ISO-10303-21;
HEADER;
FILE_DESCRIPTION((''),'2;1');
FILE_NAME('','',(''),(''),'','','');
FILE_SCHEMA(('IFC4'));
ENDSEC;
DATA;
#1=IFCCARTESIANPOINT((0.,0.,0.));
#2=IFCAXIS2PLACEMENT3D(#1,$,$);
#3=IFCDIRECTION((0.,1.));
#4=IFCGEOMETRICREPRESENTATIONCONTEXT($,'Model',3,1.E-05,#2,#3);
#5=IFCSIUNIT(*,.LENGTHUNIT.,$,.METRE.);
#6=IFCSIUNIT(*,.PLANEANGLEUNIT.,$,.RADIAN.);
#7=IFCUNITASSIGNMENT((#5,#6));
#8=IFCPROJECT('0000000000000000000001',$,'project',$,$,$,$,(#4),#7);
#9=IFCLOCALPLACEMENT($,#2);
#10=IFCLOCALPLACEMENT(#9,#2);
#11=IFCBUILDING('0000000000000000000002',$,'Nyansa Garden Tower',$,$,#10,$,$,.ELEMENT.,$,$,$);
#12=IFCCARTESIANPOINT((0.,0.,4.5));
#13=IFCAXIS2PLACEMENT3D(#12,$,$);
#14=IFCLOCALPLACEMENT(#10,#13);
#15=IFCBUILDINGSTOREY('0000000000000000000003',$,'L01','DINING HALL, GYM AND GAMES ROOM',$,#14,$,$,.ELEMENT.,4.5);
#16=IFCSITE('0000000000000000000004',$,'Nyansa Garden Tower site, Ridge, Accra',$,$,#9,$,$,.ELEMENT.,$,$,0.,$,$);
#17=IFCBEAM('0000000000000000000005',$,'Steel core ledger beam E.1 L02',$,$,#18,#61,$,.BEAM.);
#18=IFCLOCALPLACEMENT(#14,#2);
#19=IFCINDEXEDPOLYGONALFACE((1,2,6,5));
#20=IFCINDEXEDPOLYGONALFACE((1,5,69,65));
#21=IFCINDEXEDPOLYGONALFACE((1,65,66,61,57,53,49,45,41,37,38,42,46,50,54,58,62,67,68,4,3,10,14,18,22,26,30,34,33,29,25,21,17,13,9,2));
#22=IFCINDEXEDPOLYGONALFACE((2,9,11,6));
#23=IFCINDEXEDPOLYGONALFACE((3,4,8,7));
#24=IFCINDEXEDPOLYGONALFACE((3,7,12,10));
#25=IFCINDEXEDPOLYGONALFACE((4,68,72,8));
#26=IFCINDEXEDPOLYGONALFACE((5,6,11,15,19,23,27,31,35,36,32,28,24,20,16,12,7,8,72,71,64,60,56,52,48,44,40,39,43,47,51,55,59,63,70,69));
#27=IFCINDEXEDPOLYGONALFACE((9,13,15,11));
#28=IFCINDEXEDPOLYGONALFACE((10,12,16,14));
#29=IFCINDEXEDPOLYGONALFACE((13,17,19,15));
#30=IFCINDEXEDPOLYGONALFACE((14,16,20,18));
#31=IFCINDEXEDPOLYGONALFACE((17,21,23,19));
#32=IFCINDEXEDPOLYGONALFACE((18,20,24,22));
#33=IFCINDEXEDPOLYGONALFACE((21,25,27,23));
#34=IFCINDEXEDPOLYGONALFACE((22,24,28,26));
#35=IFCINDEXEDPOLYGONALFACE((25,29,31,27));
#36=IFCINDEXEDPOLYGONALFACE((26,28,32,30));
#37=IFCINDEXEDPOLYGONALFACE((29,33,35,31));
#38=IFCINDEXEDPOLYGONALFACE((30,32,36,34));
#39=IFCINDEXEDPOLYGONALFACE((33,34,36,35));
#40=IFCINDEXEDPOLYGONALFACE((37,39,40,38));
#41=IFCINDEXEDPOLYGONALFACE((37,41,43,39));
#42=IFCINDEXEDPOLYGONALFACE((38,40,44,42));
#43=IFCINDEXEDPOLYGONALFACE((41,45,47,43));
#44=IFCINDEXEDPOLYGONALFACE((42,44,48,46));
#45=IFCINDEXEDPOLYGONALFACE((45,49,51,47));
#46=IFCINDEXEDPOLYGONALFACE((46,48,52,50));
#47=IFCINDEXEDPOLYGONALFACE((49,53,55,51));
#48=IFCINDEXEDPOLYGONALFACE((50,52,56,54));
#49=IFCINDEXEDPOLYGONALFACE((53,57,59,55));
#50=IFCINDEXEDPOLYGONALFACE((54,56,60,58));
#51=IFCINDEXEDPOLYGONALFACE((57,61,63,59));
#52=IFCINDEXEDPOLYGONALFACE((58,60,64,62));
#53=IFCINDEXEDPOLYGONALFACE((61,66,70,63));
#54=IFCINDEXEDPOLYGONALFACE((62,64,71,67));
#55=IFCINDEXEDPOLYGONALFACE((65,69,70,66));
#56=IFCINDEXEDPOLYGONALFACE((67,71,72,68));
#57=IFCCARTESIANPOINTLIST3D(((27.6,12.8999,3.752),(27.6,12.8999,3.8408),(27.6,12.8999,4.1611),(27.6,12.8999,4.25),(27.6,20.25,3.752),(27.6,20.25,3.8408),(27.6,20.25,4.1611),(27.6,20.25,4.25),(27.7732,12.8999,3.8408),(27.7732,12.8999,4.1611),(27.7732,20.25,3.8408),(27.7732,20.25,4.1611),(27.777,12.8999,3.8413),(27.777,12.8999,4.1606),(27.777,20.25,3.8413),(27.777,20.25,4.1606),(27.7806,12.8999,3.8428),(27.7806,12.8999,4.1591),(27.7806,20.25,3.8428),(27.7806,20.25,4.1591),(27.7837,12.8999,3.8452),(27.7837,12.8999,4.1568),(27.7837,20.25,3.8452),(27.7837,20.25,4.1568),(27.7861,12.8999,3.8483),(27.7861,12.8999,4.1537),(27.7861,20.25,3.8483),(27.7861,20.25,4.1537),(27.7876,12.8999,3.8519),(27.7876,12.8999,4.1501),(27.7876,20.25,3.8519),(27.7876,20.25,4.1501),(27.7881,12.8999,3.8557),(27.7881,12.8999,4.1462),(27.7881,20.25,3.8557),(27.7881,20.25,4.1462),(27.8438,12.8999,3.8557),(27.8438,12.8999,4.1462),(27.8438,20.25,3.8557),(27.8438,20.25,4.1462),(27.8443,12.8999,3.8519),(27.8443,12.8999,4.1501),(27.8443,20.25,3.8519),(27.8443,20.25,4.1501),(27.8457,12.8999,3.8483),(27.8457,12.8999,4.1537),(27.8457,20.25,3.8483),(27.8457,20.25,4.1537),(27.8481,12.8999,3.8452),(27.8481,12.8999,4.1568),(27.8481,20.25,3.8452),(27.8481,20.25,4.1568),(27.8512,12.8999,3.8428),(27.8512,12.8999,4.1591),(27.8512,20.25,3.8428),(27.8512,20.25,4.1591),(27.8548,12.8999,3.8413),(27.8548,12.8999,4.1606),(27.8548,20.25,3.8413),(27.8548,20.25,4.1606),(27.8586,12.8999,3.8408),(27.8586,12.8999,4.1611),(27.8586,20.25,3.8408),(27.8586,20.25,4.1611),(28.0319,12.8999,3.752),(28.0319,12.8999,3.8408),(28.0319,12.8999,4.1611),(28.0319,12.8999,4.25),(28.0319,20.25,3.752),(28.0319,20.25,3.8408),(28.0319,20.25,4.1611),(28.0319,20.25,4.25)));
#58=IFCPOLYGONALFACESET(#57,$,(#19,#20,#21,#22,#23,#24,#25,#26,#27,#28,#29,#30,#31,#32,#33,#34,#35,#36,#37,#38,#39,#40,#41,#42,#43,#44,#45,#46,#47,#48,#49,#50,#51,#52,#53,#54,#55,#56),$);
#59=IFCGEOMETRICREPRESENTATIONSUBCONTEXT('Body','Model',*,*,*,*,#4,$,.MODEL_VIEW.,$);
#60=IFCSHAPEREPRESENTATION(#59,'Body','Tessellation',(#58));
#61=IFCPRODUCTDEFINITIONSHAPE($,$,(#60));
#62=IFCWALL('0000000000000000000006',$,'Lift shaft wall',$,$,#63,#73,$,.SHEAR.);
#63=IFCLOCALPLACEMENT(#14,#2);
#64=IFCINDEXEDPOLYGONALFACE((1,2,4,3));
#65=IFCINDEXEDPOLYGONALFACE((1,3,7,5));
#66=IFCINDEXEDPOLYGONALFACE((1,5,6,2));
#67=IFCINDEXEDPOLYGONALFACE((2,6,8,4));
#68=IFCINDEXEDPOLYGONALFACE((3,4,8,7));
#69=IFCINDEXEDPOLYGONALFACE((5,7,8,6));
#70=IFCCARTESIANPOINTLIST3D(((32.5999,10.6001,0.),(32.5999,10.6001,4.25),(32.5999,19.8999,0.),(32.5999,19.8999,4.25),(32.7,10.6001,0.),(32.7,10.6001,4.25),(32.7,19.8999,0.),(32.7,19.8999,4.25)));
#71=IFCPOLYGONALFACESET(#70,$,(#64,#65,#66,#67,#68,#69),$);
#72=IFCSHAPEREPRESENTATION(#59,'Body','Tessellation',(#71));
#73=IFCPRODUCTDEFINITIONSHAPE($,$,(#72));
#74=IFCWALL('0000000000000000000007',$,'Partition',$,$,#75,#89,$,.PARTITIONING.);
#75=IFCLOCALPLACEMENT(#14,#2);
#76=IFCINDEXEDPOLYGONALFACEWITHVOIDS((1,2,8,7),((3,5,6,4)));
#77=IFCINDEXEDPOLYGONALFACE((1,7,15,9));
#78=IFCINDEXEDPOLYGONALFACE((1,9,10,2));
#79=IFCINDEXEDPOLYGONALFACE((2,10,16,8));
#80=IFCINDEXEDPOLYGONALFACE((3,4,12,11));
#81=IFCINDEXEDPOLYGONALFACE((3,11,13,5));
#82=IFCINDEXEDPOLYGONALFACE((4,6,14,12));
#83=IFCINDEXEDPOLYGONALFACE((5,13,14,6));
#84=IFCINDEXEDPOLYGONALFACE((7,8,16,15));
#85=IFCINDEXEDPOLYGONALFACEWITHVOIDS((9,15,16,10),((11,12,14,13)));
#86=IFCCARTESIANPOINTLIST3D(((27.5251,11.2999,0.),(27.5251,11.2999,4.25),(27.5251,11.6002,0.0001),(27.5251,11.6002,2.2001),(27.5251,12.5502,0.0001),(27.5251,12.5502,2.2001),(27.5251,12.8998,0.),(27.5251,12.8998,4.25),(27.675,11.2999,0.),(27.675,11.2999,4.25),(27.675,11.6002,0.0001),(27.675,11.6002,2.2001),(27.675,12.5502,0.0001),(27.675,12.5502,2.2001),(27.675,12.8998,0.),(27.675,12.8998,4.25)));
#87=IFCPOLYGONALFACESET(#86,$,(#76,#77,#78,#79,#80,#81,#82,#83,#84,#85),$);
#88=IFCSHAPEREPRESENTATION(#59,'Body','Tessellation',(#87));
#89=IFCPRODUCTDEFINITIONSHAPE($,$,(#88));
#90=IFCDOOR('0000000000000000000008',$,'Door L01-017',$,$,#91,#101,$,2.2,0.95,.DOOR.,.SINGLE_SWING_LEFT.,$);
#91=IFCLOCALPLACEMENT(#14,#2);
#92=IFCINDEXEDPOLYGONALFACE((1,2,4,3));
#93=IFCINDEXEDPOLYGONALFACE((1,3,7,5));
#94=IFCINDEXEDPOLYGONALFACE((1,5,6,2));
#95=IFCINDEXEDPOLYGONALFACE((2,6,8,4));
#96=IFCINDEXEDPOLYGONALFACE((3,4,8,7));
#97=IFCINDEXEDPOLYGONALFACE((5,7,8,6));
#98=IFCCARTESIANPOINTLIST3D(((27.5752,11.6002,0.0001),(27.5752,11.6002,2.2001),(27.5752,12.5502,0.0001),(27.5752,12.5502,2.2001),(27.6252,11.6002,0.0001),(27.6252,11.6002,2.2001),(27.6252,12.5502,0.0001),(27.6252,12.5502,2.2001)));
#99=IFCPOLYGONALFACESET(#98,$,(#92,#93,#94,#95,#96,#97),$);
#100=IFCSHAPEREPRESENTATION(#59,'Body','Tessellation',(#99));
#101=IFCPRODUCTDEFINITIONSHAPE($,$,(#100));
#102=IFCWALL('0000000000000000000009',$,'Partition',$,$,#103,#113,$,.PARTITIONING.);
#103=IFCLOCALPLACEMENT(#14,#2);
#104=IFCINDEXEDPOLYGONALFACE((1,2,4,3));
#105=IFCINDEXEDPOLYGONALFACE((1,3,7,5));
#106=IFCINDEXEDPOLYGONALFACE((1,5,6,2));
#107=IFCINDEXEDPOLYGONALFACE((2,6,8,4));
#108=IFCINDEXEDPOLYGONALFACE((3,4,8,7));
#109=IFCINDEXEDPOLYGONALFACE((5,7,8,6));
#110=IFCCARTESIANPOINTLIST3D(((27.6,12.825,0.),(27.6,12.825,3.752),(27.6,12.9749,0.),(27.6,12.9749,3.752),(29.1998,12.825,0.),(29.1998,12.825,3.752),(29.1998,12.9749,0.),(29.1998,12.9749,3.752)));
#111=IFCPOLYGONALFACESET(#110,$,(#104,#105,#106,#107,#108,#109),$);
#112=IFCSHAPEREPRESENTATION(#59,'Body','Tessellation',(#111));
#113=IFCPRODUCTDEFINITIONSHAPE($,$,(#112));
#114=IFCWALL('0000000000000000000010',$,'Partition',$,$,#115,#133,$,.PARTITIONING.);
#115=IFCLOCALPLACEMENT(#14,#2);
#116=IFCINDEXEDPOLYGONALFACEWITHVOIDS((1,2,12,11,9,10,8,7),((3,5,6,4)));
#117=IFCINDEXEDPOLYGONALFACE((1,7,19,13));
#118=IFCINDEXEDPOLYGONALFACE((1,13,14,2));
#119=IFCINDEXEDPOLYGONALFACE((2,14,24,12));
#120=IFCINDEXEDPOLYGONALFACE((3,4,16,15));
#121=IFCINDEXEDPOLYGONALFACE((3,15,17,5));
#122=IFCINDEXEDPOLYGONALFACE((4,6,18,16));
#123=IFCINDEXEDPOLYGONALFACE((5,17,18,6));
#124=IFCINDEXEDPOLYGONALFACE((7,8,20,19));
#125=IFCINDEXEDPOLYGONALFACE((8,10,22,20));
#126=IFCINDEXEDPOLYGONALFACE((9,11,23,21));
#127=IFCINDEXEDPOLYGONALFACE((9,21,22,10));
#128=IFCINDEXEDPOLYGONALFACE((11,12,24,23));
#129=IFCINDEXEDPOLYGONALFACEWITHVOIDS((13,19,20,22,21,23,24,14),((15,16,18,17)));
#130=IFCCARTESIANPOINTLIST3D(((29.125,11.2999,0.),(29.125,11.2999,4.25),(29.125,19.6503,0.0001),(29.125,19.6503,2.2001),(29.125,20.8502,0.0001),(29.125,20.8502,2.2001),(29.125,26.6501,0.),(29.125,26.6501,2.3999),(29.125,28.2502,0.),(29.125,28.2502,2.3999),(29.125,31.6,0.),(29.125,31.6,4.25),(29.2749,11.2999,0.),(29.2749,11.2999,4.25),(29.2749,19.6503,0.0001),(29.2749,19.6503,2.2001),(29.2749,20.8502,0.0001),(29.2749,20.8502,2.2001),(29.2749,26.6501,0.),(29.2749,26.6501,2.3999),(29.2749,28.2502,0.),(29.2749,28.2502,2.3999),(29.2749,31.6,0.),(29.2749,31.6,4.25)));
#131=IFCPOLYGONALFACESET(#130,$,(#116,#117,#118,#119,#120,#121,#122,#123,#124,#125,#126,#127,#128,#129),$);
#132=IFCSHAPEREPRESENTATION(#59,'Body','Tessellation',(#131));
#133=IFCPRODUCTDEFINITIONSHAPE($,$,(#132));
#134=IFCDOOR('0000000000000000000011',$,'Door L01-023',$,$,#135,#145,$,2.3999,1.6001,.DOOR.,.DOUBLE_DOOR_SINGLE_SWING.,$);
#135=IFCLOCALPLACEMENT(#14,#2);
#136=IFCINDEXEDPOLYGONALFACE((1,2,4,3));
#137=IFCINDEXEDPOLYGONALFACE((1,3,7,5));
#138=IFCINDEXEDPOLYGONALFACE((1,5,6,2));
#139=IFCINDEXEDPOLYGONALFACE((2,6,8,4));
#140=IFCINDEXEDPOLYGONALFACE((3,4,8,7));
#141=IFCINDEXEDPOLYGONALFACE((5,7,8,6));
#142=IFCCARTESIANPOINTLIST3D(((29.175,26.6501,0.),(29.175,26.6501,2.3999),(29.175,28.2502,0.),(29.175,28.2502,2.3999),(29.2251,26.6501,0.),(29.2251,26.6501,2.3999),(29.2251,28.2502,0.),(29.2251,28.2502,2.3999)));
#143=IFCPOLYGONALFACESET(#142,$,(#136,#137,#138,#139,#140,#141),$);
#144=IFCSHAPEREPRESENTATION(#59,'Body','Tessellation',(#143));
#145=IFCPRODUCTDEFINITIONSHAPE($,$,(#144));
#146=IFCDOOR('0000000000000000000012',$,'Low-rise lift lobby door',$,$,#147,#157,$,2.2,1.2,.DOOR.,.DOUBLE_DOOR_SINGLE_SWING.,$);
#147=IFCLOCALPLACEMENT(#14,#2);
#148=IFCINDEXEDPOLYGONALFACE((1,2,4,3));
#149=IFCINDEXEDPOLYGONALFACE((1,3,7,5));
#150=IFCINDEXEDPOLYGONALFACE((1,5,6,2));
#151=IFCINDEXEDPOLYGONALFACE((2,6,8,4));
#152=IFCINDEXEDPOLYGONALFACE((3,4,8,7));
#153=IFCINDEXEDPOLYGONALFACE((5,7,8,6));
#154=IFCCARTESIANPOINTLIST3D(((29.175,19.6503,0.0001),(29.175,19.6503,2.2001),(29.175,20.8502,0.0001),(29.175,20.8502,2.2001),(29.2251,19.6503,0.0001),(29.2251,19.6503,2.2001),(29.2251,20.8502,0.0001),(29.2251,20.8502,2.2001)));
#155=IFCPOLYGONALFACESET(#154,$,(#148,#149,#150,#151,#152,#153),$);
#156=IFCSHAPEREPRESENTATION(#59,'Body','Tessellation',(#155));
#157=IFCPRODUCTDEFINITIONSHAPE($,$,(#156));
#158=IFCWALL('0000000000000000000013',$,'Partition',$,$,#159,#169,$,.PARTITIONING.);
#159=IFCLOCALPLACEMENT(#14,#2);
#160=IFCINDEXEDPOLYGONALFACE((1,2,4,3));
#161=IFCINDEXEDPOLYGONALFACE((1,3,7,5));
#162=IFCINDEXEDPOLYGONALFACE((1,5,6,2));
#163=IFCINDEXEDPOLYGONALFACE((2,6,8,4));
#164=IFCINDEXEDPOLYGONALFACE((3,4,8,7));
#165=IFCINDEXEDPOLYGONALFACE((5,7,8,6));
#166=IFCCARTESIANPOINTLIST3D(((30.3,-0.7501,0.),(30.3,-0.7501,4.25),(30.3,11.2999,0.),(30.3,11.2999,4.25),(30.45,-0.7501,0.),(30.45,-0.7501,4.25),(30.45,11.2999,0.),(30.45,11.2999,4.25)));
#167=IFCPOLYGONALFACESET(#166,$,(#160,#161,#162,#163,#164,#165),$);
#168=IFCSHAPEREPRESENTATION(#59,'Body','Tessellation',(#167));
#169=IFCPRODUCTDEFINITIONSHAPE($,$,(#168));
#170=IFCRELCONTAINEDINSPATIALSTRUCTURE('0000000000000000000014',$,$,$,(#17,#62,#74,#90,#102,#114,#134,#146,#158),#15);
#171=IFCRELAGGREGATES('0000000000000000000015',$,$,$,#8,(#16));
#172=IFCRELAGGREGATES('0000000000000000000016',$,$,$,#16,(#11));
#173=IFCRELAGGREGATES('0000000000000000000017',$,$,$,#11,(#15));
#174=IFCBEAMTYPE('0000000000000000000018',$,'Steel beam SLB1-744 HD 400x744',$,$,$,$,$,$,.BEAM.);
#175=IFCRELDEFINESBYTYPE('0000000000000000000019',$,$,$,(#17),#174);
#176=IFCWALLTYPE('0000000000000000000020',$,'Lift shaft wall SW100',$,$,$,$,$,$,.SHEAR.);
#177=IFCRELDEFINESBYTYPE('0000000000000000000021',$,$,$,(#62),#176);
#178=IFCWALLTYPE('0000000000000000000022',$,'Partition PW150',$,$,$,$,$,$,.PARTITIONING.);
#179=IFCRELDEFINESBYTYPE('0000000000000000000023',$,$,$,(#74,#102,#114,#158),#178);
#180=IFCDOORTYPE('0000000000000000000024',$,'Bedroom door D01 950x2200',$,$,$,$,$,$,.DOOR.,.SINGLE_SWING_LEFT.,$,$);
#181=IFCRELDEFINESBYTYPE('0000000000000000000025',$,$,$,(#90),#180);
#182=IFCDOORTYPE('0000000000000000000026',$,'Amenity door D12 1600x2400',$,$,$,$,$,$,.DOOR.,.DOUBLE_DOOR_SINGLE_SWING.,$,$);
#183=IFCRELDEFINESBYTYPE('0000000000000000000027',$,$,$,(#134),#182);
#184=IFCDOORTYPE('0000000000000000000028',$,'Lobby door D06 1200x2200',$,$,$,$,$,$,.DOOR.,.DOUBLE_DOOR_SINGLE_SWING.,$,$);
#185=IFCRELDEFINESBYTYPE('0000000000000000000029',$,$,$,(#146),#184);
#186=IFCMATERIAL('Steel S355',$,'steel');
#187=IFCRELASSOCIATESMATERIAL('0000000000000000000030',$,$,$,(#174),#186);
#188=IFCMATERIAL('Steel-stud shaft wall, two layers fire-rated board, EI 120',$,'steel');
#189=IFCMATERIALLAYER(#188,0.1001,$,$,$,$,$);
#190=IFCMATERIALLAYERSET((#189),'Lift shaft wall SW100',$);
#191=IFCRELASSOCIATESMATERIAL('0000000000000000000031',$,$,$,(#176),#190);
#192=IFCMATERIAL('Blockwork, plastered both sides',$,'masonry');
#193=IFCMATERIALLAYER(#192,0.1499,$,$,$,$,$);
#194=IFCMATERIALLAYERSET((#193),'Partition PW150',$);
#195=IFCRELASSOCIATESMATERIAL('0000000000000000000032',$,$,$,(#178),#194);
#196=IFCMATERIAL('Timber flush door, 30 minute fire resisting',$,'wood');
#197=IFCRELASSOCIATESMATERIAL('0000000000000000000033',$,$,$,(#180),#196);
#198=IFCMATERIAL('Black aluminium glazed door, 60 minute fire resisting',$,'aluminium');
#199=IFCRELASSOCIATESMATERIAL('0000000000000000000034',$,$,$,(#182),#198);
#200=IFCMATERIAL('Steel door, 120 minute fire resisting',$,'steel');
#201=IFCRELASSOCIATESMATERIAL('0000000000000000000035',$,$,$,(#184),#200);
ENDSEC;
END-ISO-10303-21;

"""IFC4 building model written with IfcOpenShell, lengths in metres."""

from ifc_helpers import new_model, si_unit, direction, frame, frame_2d, origin, origin_2d, place, context, subcontext, project, spatial, rectangle, i_section, extrude, material, layer, layer_set, material_profile, profile_set, type_object, element, fill, save


model = new_model("IFC4")

# Units and contexts
model_context = context("Model", 3, precision=1e-05, world=origin(), true_north=direction((0.0, 1.0)))
body_context = subcontext(model_context, "Body", "Model", "MODEL_VIEW")
ifc_project = project(units=[si_unit("LENGTHUNIT", "METRE"), si_unit("PLANEANGLEUNIT", "RADIAN")], contexts=[model_context])

# Site, building, storey
site_placement = place(None, origin())
site = spatial("IfcSite", under=ifc_project, at=site_placement, Name="Nyansa Garden Tower site, Ridge, Accra", CompositionType="ELEMENT", RefElevation=0.0)
building_placement = place(site_placement, origin())
building = spatial("IfcBuilding", under=site, at=building_placement, Name="Nyansa Garden Tower", CompositionType="ELEMENT")
storey_placement = place(building_placement, frame((0.0, 0.0, 4.5)))
storey = spatial("IfcBuildingStorey", under=building, at=storey_placement, Name="L01", Description="DINING HALL, GYM AND GAMES ROOM", CompositionType="ELEMENT", Elevation=4.5)

# Beam
ifc_material_1 = material(Name="Steel S355", Category="steel")
ifc_material_profile_1 = material_profile(ifc_material_1, i_section(OverallWidth=0.4319, OverallDepth=0.498, WebThickness=0.0557, FlangeThickness=0.0889, FilletRadius=0.0149, at=origin_2d()), Name="HD 400x744")
ifc_profile_set_1 = profile_set([ifc_material_profile_1], Name="Steel S355")
beam_type_1 = type_object("IfcBeamType", Name="Steel beam SLB1-744 HD 400x744", PredefinedType="BEAM", material=ifc_profile_set_1)
beam_1_placement = place(storey_placement, frame((27.8159, 12.8999, 4.001), z_axis=(0.0, 1.0, 0.0), x_axis=(-1.0, 0.0, 0.0)))
element("IfcBeam", 1, at=beam_1_placement, inside=storey, type_object=beam_type_1, Name="Steel core ledger beam E.1 L02", PredefinedType="BEAM", context=body_context, shape_type="SweptSolid", body=[
    extrude(i_section(OverallWidth=0.4319, OverallDepth=0.498, WebThickness=0.0557, FlangeThickness=0.0889, FilletRadius=0.0149, at=origin_2d()), origin(), (0.0, 0.0, 1.0), 7.3501),
])

# Wall
ifc_material_2 = material(Name="Steel-stud shaft wall, two layers fire-rated board, EI 120", Category="steel")
ifc_layer_1 = layer(ifc_material_2, 0.1001)
ifc_layer_set_1 = layer_set([ifc_layer_1], Name="Lift shaft wall SW100")
wall_type_1 = type_object("IfcWallType", Name="Lift shaft wall SW100", PredefinedType="SHEAR", material=ifc_layer_set_1)
wall_1_placement = place(storey_placement, frame((32.6499, 10.6001, 0.0), z_axis=(0.0, 0.0, 1.0), x_axis=(0.0, 1.0, 0.0)))
element("IfcWall", 2, at=wall_1_placement, inside=storey, type_object=wall_type_1, Name="Lift shaft wall", PredefinedType="SHEAR", context=body_context, shape_type="SweptSolid", body=[
    extrude(rectangle(XDim=9.2998, YDim=0.1001, at=frame_2d((4.6499, 0.0))), origin(), (0.0, 0.0, 1.0), 4.25),
])

# Wall, opening, door
ifc_material_3 = material(Name="Blockwork, plastered both sides", Category="masonry")
ifc_layer_2 = layer(ifc_material_3, 0.1499)
ifc_layer_set_2 = layer_set([ifc_layer_2], Name="Partition PW150")
wall_type_2 = type_object("IfcWallType", Name="Partition PW150", PredefinedType="PARTITIONING", material=ifc_layer_set_2)
wall_2_placement = place(storey_placement, frame((27.6001, 11.3, 0.0), z_axis=(0.0, 0.0, 1.0), x_axis=(0.0, 1.0, 0.0)))
wall_2 = element("IfcWall", 3, at=wall_2_placement, inside=storey, type_object=wall_type_2, Name="Partition", PredefinedType="PARTITIONING", context=body_context, shape_type="SweptSolid", body=[
    extrude(rectangle(XDim=1.5999, YDim=0.1499, at=frame_2d((0.7998, 0.0))), origin(), (0.0, 0.0, 1.0), 4.25),
])
opening_1_placement = place(wall_2_placement, frame((0.3, 0.0, 0.0)))
opening_1 = element("IfcOpeningElement", 4, at=opening_1_placement, cuts=wall_2, PredefinedType="OPENING", context=body_context, shape_type="SweptSolid", body=[
    extrude(rectangle(XDim=0.95, YDim=2.2, at=frame_2d((0.4751, 1.1001))), frame((0.0, 0.085, 0.0), z_axis=(0.0, -1.0, 0.0), x_axis=(1.0, 0.0, 0.0)), (0.0, 0.0, 1.0), 0.1699),
])
ifc_material_4 = material(Name="Timber flush door, 30 minute fire resisting", Category="wood")
door_type_1 = type_object("IfcDoorType", Name="Bedroom door D01 950x2200", OperationType="SINGLE_SWING_LEFT", PredefinedType="DOOR", material=ifc_material_4)
door_1_placement = place(opening_1_placement, origin())
door_1 = element("IfcDoor", 5, at=door_1_placement, inside=storey, type_object=door_type_1, Name="Door L01-017", OperationType="SINGLE_SWING_LEFT", OverallHeight=2.2, OverallWidth=0.95, PredefinedType="DOOR", context=body_context, shape_type="SweptSolid", body=[
    extrude(rectangle(XDim=0.95, YDim=2.2, at=frame_2d((0.4751, 1.1001))), frame((0.0, 0.0249, 0.0), z_axis=(0.0, -1.0, 0.0), x_axis=(1.0, 0.0, 0.0)), (0.0, 0.0, 1.0), 0.05),
])
fill(opening_1, door_1)

# Wall
wall_3_placement = place(storey_placement, frame((27.6001, 12.8999, 0.0), z_axis=(0.0, 0.0, 1.0), x_axis=(1.0, 0.0, 0.0)))
element("IfcWall", 6, at=wall_3_placement, inside=storey, type_object=wall_type_2, Name="Partition", PredefinedType="PARTITIONING", context=body_context, shape_type="SweptSolid", body=[
    extrude(rectangle(XDim=1.5999, YDim=0.1499, at=frame_2d((0.7998, 0.0))), origin(), (0.0, 0.0, 1.0), 3.752),
])

# Wall, openings, doors
wall_4_placement = place(storey_placement, frame((29.2, 11.3, 0.0), z_axis=(0.0, 0.0, 1.0), x_axis=(0.0, 1.0, 0.0)))
wall_4 = element("IfcWall", 7, at=wall_4_placement, inside=storey, type_object=wall_type_2, Name="Partition", PredefinedType="PARTITIONING", context=body_context, shape_type="SweptSolid", body=[
    extrude(rectangle(XDim=20.3, YDim=0.1499, at=frame_2d((10.1499, 0.0))), origin(), (0.0, 0.0, 1.0), 4.25),
])
opening_2_placement = place(wall_4_placement, frame((15.3501, 0.0, 0.0)))
opening_2 = element("IfcOpeningElement", 8, at=opening_2_placement, cuts=wall_4, PredefinedType="OPENING", context=body_context, shape_type="SweptSolid", body=[
    extrude(rectangle(XDim=1.6001, YDim=2.3999, at=frame_2d((0.8, 1.2))), frame((0.0, 0.085, 0.0), z_axis=(0.0, -1.0, 0.0), x_axis=(1.0, 0.0, 0.0)), (0.0, 0.0, 1.0), 0.1699),
])
opening_3_placement = place(wall_4_placement, frame((8.3501, 0.0, 0.0)))
opening_3 = element("IfcOpeningElement", 9, at=opening_3_placement, cuts=wall_4, PredefinedType="OPENING", context=body_context, shape_type="SweptSolid", body=[
    extrude(rectangle(XDim=1.2, YDim=2.2, at=frame_2d((0.6001, 1.1001))), frame((0.0, 0.085, 0.0), z_axis=(0.0, -1.0, 0.0), x_axis=(1.0, 0.0, 0.0)), (0.0, 0.0, 1.0), 0.1699),
])
ifc_material_5 = material(Name="Black aluminium glazed door, 60 minute fire resisting", Category="aluminium")
door_type_2 = type_object("IfcDoorType", Name="Amenity door D12 1600x2400", OperationType="DOUBLE_DOOR_SINGLE_SWING", PredefinedType="DOOR", material=ifc_material_5)
door_2_placement = place(opening_2_placement, origin())
door_2 = element("IfcDoor", 10, at=door_2_placement, inside=storey, type_object=door_type_2, Name="Door L01-023", OperationType="DOUBLE_DOOR_SINGLE_SWING", OverallHeight=2.3999, OverallWidth=1.6001, PredefinedType="DOOR", context=body_context, shape_type="SweptSolid", body=[
    extrude(rectangle(XDim=1.6001, YDim=2.3999, at=frame_2d((0.8, 1.2))), frame((0.0, 0.0249, 0.0), z_axis=(0.0, -1.0, 0.0), x_axis=(1.0, 0.0, 0.0)), (0.0, 0.0, 1.0), 0.05),
])
fill(opening_2, door_2)
ifc_material_6 = material(Name="Steel door, 120 minute fire resisting", Category="steel")
door_type_3 = type_object("IfcDoorType", Name="Lobby door D06 1200x2200", OperationType="DOUBLE_DOOR_SINGLE_SWING", PredefinedType="DOOR", material=ifc_material_6)
door_3_placement = place(opening_3_placement, origin())
door_3 = element("IfcDoor", 11, at=door_3_placement, inside=storey, type_object=door_type_3, Name="Low-rise lift lobby door", OperationType="DOUBLE_DOOR_SINGLE_SWING", OverallHeight=2.2, OverallWidth=1.2, PredefinedType="DOOR", context=body_context, shape_type="SweptSolid", body=[
    extrude(rectangle(XDim=1.2, YDim=2.2, at=frame_2d((0.6001, 1.1001))), frame((0.0, 0.0249, 0.0), z_axis=(0.0, -1.0, 0.0), x_axis=(1.0, 0.0, 0.0)), (0.0, 0.0, 1.0), 0.05),
])
fill(opening_3, door_3)

# Wall
wall_5_placement = place(storey_placement, frame((30.375, -0.75, 0.0), z_axis=(0.0, 0.0, 1.0), x_axis=(0.0, 1.0, 0.0)))
element("IfcWall", 12, at=wall_5_placement, inside=storey, type_object=wall_type_2, Name="Partition", PredefinedType="PARTITIONING", context=body_context, shape_type="SweptSolid", body=[
    extrude(rectangle(XDim=12.05, YDim=0.1499, at=frame_2d((6.0249, 0.0))), origin(), (0.0, 0.0, 1.0), 4.25),
])

save(model, "model.ifc")
